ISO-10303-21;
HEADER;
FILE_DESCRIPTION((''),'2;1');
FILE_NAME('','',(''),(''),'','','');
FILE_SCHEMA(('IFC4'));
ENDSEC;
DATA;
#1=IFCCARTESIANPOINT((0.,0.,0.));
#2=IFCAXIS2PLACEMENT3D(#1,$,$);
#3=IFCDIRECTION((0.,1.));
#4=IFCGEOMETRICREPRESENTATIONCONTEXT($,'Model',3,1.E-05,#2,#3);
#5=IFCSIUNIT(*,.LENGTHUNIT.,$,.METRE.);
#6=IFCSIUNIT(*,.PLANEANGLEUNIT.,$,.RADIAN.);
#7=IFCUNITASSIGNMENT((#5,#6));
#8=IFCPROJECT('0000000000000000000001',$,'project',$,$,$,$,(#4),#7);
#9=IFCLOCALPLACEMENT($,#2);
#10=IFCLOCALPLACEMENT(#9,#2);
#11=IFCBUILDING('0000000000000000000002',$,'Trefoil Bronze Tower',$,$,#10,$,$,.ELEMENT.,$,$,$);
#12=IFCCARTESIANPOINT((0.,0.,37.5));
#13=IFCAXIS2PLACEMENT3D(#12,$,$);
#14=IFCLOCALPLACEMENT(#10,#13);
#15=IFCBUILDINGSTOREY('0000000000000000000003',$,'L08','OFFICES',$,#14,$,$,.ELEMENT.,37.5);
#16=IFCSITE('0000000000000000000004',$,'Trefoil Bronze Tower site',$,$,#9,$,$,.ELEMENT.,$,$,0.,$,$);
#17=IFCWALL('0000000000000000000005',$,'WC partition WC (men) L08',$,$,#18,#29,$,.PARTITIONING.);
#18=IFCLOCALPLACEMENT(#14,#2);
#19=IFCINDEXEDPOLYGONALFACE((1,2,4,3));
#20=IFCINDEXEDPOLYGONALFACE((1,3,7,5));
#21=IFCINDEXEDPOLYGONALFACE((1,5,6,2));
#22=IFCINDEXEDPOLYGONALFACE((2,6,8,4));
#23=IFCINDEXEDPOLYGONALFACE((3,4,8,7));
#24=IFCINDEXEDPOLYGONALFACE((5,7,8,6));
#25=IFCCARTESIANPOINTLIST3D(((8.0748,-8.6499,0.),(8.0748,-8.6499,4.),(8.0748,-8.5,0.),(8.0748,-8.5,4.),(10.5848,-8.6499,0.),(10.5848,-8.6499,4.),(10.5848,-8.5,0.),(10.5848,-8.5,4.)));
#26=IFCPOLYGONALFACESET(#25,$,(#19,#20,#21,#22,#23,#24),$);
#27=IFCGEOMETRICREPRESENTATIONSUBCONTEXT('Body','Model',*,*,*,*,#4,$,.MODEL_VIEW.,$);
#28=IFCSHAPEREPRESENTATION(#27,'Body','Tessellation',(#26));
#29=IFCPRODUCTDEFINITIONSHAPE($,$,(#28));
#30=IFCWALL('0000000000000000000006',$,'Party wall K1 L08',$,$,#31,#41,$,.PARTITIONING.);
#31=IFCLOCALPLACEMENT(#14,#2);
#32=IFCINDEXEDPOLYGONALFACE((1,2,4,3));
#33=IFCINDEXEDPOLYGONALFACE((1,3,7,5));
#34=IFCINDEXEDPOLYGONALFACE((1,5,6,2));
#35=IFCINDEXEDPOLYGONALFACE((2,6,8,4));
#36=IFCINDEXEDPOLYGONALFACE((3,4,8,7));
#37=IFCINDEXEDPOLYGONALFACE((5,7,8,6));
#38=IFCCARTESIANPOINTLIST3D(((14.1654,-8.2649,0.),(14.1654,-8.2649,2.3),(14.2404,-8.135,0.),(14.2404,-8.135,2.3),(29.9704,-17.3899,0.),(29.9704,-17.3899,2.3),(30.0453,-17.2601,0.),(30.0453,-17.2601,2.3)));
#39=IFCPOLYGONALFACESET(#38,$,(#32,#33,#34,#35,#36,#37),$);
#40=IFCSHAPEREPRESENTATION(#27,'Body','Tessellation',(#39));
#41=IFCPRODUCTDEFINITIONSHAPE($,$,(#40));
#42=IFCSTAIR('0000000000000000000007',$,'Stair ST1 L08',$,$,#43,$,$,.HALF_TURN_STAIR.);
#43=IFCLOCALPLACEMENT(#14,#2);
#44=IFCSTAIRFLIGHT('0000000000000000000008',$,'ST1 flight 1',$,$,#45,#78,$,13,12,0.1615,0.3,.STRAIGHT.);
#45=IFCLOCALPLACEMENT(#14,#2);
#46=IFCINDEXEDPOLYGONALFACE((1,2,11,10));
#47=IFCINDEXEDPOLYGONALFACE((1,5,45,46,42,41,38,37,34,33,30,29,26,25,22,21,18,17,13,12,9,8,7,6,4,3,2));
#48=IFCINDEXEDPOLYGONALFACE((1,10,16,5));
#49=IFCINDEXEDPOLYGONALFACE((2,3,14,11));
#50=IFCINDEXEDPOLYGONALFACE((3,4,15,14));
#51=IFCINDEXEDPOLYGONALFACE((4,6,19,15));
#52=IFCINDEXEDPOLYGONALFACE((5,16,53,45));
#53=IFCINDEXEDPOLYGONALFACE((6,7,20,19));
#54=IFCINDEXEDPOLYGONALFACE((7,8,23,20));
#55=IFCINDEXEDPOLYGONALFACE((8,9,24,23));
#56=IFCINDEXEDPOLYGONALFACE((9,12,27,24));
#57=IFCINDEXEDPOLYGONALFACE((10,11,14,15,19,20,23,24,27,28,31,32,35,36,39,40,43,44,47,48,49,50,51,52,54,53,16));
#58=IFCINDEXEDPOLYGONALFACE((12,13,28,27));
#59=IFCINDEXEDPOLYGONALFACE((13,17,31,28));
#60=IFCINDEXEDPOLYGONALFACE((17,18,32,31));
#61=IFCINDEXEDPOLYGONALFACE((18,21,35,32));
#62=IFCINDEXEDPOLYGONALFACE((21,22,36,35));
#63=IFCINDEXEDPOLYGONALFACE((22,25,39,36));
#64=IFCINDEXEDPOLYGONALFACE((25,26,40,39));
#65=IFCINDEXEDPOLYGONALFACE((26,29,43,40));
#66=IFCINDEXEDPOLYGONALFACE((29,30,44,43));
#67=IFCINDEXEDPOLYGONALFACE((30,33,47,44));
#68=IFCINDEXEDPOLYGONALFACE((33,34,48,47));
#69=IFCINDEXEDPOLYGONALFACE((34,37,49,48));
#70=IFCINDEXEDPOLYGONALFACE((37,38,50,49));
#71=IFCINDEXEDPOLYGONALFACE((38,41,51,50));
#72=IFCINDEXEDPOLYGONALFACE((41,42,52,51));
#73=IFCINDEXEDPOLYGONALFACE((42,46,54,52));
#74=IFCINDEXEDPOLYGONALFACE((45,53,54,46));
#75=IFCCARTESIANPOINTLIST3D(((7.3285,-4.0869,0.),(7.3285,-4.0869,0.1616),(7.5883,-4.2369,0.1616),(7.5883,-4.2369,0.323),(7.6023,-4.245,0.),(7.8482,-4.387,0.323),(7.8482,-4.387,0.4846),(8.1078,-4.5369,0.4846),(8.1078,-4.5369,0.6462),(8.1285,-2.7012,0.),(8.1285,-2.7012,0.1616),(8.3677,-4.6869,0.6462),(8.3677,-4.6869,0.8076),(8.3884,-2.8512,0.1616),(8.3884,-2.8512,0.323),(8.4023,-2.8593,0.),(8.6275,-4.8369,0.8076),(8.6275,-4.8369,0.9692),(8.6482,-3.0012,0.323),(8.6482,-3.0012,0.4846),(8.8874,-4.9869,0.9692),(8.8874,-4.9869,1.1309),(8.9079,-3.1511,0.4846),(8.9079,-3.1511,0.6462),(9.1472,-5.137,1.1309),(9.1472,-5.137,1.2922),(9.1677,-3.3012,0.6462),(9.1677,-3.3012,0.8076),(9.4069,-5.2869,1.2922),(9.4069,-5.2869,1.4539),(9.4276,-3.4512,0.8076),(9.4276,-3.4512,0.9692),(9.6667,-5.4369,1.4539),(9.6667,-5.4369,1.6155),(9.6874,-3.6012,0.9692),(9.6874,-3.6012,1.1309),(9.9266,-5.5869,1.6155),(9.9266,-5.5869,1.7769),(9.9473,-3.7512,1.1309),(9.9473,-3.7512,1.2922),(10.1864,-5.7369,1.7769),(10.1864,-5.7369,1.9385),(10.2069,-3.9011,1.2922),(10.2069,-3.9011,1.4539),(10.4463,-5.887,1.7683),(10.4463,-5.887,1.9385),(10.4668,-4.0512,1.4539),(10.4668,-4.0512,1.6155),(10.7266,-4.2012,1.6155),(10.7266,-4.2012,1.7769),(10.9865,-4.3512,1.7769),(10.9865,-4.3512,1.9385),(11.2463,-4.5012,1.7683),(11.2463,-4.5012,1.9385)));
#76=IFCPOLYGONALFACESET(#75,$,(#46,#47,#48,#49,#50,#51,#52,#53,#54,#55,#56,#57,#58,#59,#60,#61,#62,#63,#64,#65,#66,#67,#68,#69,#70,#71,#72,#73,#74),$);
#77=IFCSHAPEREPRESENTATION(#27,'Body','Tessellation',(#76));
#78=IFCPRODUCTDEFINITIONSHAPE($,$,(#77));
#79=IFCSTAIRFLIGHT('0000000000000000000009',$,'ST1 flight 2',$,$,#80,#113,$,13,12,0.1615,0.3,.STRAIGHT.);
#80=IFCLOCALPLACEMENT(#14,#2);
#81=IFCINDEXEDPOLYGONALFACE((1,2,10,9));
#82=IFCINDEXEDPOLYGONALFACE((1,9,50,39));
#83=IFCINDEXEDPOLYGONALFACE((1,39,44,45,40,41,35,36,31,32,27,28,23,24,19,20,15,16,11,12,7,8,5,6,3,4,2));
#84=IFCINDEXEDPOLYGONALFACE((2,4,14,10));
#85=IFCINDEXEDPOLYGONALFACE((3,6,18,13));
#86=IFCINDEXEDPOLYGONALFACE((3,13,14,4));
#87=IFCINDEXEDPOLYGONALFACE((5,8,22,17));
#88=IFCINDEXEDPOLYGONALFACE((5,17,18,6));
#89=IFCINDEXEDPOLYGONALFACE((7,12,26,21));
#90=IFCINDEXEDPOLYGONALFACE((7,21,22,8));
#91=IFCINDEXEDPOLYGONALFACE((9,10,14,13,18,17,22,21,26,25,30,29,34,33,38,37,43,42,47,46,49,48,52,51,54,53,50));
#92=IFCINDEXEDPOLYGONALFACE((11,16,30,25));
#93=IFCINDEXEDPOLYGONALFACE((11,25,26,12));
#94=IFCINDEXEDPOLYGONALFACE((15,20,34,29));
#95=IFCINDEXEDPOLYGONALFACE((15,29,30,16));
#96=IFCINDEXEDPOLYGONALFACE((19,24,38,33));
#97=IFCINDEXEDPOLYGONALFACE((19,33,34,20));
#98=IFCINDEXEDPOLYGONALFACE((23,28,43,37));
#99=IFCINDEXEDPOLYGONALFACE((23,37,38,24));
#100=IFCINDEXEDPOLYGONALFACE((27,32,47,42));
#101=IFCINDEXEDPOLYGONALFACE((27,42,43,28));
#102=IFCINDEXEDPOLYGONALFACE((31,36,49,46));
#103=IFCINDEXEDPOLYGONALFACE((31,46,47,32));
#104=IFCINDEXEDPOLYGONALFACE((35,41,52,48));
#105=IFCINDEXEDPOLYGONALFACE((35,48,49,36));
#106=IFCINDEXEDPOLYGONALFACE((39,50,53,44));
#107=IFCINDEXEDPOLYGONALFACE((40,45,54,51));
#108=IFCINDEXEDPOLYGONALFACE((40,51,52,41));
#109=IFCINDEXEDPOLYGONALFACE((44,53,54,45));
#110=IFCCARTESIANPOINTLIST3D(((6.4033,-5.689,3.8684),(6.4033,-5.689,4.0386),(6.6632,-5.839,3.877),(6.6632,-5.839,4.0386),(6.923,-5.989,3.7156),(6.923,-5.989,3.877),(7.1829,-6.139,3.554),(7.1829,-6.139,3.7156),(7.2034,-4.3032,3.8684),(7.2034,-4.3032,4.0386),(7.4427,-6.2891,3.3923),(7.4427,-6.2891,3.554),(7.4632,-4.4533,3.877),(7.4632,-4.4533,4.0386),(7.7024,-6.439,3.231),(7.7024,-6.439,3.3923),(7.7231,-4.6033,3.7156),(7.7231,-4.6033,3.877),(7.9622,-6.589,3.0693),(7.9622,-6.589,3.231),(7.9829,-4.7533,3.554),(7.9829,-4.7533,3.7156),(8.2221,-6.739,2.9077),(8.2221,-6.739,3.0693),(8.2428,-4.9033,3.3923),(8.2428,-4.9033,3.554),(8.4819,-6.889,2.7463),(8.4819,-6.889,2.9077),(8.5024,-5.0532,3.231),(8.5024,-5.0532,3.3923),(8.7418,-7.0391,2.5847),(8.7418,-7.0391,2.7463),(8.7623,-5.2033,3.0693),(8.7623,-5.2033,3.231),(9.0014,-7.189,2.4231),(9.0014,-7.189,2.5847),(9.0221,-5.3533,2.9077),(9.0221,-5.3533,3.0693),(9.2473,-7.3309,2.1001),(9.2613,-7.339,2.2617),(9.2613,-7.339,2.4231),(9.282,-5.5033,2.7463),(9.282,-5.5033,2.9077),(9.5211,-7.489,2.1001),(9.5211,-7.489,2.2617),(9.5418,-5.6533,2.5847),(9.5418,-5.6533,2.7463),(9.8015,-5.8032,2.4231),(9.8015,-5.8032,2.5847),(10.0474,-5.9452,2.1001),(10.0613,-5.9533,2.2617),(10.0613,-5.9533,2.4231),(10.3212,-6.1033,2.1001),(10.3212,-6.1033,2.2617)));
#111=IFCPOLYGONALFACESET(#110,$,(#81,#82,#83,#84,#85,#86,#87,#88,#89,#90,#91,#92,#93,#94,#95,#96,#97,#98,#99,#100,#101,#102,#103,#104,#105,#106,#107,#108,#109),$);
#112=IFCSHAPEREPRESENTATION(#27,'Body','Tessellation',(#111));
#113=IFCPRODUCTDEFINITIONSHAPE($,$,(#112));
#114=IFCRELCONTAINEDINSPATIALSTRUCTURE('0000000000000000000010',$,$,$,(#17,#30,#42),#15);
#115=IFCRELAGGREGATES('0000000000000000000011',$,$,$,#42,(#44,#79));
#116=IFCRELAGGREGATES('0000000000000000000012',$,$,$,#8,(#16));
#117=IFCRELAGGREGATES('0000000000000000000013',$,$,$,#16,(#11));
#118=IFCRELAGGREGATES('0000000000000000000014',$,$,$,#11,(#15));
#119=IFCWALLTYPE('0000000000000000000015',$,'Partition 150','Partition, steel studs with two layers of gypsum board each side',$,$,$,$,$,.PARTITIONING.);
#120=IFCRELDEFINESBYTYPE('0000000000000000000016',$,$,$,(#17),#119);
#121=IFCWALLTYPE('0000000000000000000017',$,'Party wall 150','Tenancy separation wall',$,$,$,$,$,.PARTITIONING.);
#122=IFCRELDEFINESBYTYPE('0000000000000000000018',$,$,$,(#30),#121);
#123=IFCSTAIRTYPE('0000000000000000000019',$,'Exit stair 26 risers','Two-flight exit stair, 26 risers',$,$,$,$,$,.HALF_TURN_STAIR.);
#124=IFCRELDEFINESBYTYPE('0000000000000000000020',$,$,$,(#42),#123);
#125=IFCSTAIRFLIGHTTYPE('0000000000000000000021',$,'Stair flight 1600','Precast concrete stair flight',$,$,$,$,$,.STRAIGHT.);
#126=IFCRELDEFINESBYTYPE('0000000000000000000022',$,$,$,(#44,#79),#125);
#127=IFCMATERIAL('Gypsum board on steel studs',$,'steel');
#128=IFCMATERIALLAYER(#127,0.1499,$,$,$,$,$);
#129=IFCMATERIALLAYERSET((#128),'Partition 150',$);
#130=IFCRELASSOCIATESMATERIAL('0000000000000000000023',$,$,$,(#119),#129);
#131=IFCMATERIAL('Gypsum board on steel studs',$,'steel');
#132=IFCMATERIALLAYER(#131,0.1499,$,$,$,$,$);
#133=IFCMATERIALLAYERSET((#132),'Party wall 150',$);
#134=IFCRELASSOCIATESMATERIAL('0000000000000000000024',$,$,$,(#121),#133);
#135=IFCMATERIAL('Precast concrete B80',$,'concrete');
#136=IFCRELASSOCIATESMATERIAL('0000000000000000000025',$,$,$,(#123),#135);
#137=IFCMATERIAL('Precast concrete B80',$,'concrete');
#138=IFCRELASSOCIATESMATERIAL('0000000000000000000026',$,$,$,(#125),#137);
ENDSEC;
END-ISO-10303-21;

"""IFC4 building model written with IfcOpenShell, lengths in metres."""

from ifc_helpers import new_model, si_unit, direction, frame, frame_2d, origin, place, context, subcontext, project, spatial, polyline, rectangle, outline, extrude, material, layer, layer_set, type_object, element, aggregate, save


model = new_model("IFC4")

# Units and contexts
model_context = context("Model", 3, precision=1e-05, world=origin(), true_north=direction((0.0, 1.0)))
body_context = subcontext(model_context, "Body", "Model", "MODEL_VIEW")
ifc_project = project(units=[si_unit("LENGTHUNIT", "METRE"), si_unit("PLANEANGLEUNIT", "RADIAN")], contexts=[model_context])

# Site, building, storey
site_placement = place(None, origin())
site = spatial("IfcSite", under=ifc_project, at=site_placement, Name="Trefoil Bronze Tower site", CompositionType="ELEMENT", RefElevation=0.0)
building_placement = place(site_placement, origin())
building = spatial("IfcBuilding", under=site, at=building_placement, Name="Trefoil Bronze Tower", CompositionType="ELEMENT")
storey_placement = place(building_placement, frame((0.0, 0.0, 37.5)))
storey = spatial("IfcBuildingStorey", under=building, at=storey_placement, Name="L08", Description="OFFICES", CompositionType="ELEMENT", Elevation=37.5)

# Shared definitions
ifc_material_1 = material(Name="Gypsum board on steel studs", Category="steel")
ifc_layer_1 = layer(ifc_material_1, 0.1499)
ifc_layer_set_1 = layer_set([ifc_layer_1], Name="Partition 150")
wall_type_1 = type_object("IfcWallType", Name="Partition 150", Description="Partition, steel studs with two layers of gypsum board each side", PredefinedType="PARTITIONING", material=ifc_layer_set_1)

# Walls
wall_1_placement = place(storey_placement, frame((8.075, -8.575, 0.0), z_axis=(0.0, 0.0, 1.0), x_axis=(1.0, 0.0, 0.0)))
element("IfcWall", 1, at=wall_1_placement, inside=storey, type_object=wall_type_1, Name="WC partition WC (men) L08", PredefinedType="PARTITIONING", context=body_context, shape_type="SweptSolid", body=[
    extrude(rectangle(XDim=2.51, YDim=0.1499, at=frame_2d((1.2549, 0.0))), origin(), (0.0, 0.0, 1.0), 4.0),
])
ifc_material_2 = material(Name="Gypsum board on steel studs", Category="steel")
ifc_layer_2 = layer(ifc_material_2, 0.1499)
ifc_layer_set_2 = layer_set([ifc_layer_2], Name="Party wall 150")
wall_type_2 = type_object("IfcWallType", Name="Party wall 150", Description="Tenancy separation wall", PredefinedType="PARTITIONING", material=ifc_layer_set_2)
wall_2_placement = place(storey_placement, frame((14.2029, -8.2, 0.0), z_axis=(0.0, 0.0, 1.0), x_axis=(0.866025, -0.500001, 0.0)))
element("IfcWall", 2, at=wall_2_placement, inside=storey, type_object=wall_type_2, Name="Party wall K1 L08", PredefinedType="PARTITIONING", context=body_context, shape_type="SweptSolid", body=[
    extrude(rectangle(XDim=18.25, YDim=0.1499, at=frame_2d((9.125, 0.0))), origin(), (0.0, 0.0, 1.0), 2.3),
])

# Stair, stair flights
ifc_material_3 = material(Name="Precast concrete B80", Category="concrete")
stair_type = type_object("IfcStairType", Name="Exit stair 26 risers", Description="Two-flight exit stair, 26 risers", PredefinedType="HALF_TURN_STAIR", material=ifc_material_3)
stair_placement = place(storey_placement, origin())
stair = element("IfcStair", 3, at=stair_placement, inside=storey, type_object=stair_type, Name="Stair ST1 L08", PredefinedType="HALF_TURN_STAIR")
ifc_material_4 = material(Name="Precast concrete B80", Category="concrete")
stair_flight_type = type_object("IfcStairFlightType", Name="Stair flight 1600", Description="Precast concrete stair flight", PredefinedType="STRAIGHT", material=ifc_material_4)
stair_flight_1_placement = place(storey_placement, frame((7.7285, -3.394, 0.0), z_axis=(0.0, 0.0, 1.0), x_axis=(0.866025, -0.5, 0.0)))
stair_flight_1 = element("IfcStairFlight", 4, at=stair_flight_1_placement, type_object=stair_flight_type, Name="ST1 flight 1", NumberOfRisers=13, NumberOfTreads=12, PredefinedType="STRAIGHT", RiserHeight=0.1615, TreadLength=0.3, context=body_context, shape_type="SweptSolid", body=[
    extrude(outline(polyline([(0.0, 0.0), (0.0, 0.1616), (0.3, 0.1616), (0.3, 0.323), (0.6001, 0.323), (0.6001, 0.4846), (0.8999, 0.4846), (0.8999, 0.6462), (1.2, 0.6462), (1.2, 0.8076), (1.5, 0.8076), (1.5, 0.9692), (1.8, 0.9692), (1.8, 1.1309), (2.1001, 1.1309), (2.1001, 1.2922), (2.3999, 1.2922), (2.3999, 1.4539), (2.7, 1.4539), (2.7, 1.6155), (3.0, 1.6155), (3.0, 1.7769), (3.3, 1.7769), (3.3, 1.9385), (3.6001, 1.9385), (3.6001, 2.1001), (3.6001, 1.7683), (0.3162, 0.0), (0.0, 0.0)])), frame((0.0, 0.8, 0.0), z_axis=(0.0, -1.0, 0.0), x_axis=(1.0, 0.0, 0.0)), (0.0, 0.0, 1.0), 1.6001),
])
stair_flight_2_placement = place(storey_placement, frame((9.9211, -6.7961, 2.1001), z_axis=(0.0, 0.0, 1.0), x_axis=(-0.866025, 0.5, 0.0)))
stair_flight_2 = element("IfcStairFlight", 5, at=stair_flight_2_placement, type_object=stair_flight_type, Name="ST1 flight 2", NumberOfRisers=13, NumberOfTreads=12, PredefinedType="STRAIGHT", RiserHeight=0.1615, TreadLength=0.3, context=body_context, shape_type="SweptSolid", body=[
    extrude(outline(polyline([(0.0, 0.0), (0.0, 0.1616), (0.3, 0.1616), (0.3, 0.323), (0.6001, 0.323), (0.6001, 0.4846), (0.8999, 0.4846), (0.8999, 0.6462), (1.2, 0.6462), (1.2, 0.8076), (1.5, 0.8076), (1.5, 0.9692), (1.8, 0.9692), (1.8, 1.1309), (2.1001, 1.1309), (2.1001, 1.2922), (2.3999, 1.2922), (2.3999, 1.4539), (2.7, 1.4539), (2.7, 1.6155), (3.0, 1.6155), (3.0, 1.7769), (3.3, 1.7769), (3.3, 1.9385), (3.6001, 1.9385), (3.6001, 2.1001), (3.6001, 1.7683), (0.3162, 0.0), (0.0, 0.0)])), frame((0.0, 0.8, 0.0), z_axis=(0.0, -1.0, 0.0), x_axis=(1.0, 0.0, 0.0)), (0.0, 0.0, 1.0), 1.6001),
])
aggregate(stair, [stair_flight_1, stair_flight_2])

save(model, "model.ifc")
